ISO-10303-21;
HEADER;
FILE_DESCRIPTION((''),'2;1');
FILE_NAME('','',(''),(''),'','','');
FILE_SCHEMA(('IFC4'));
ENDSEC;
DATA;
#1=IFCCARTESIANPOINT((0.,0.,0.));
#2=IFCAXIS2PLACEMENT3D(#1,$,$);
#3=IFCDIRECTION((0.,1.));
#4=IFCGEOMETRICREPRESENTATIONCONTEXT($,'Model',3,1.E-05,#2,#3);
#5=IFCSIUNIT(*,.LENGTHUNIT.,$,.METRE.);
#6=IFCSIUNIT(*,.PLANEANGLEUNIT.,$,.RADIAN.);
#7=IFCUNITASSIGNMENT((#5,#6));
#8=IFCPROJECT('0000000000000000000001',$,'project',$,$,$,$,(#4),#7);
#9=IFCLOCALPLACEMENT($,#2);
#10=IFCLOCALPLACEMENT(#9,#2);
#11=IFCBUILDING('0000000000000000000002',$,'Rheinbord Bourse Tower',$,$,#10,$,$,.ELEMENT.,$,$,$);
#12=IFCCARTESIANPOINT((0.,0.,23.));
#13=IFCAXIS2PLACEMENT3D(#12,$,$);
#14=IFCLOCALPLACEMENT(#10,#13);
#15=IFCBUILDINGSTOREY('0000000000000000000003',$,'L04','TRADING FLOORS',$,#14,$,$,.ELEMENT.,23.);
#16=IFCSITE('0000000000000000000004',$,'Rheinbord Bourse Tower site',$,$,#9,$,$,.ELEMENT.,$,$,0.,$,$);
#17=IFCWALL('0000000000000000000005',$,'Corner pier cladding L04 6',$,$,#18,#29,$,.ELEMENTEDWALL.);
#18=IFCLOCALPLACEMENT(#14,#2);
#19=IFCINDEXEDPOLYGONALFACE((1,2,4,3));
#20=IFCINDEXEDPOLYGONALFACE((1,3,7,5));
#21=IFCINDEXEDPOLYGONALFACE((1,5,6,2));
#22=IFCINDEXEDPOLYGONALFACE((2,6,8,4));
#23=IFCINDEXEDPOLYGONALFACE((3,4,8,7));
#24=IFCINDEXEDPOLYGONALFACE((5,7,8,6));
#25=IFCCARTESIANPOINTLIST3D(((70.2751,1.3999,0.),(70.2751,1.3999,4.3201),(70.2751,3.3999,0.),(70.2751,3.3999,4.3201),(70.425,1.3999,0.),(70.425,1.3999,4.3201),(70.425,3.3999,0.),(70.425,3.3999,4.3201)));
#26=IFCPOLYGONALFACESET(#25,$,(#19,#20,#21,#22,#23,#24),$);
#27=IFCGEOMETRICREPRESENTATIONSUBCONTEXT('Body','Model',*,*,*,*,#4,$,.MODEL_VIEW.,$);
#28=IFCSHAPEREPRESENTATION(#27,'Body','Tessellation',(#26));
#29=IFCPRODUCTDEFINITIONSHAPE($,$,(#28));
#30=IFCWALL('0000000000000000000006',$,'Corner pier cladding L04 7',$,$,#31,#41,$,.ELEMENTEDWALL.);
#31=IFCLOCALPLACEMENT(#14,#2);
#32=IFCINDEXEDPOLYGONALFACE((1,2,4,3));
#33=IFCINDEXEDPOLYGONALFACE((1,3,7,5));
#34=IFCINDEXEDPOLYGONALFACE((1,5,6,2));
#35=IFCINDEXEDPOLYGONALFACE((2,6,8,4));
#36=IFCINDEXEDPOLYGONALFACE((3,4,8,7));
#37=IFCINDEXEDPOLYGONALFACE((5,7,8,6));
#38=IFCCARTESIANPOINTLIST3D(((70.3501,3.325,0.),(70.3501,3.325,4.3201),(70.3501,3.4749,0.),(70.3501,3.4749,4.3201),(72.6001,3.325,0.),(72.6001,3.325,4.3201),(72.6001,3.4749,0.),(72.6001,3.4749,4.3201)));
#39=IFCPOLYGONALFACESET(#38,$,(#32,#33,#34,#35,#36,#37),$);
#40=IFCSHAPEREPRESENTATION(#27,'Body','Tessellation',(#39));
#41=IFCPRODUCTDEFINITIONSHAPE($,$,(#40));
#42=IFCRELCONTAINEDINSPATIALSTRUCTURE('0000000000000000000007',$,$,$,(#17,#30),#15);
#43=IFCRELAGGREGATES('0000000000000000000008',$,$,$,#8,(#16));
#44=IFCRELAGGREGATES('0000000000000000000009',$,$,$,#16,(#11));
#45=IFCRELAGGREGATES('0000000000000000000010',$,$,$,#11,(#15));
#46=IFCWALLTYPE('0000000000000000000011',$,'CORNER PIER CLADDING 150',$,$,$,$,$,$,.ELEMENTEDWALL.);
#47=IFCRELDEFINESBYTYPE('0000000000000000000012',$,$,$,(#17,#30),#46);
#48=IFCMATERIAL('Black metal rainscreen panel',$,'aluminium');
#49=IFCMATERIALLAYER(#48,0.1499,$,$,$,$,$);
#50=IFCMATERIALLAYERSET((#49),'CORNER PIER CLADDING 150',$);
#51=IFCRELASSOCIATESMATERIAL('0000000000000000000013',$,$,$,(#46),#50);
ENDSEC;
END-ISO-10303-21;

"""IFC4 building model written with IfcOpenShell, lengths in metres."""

from ifc_helpers import new_model, si_unit, direction, frame, frame_2d, origin, place, context, subcontext, project, spatial, rectangle, extrude, material, layer, layer_set, type_object, element, save


model = new_model("IFC4")

# Units and contexts
model_context = context("Model", 3, precision=1e-05, world=origin(), true_north=direction((0.0, 1.0)))
body_context = subcontext(model_context, "Body", "Model", "MODEL_VIEW")
ifc_project = project(units=[si_unit("LENGTHUNIT", "METRE"), si_unit("PLANEANGLEUNIT", "RADIAN")], contexts=[model_context])

# Site, building, storey
site_placement = place(None, origin())
site = spatial("IfcSite", under=ifc_project, at=site_placement, Name="Rheinbord Bourse Tower site", CompositionType="ELEMENT", RefElevation=0.0)
building_placement = place(site_placement, origin())
building = spatial("IfcBuilding", under=site, at=building_placement, Name="Rheinbord Bourse Tower", CompositionType="ELEMENT")
storey_placement = place(building_placement, frame((0.0, 0.0, 23.0)))
storey = spatial("IfcBuildingStorey", under=building, at=storey_placement, Name="L04", Description="TRADING FLOORS", CompositionType="ELEMENT", Elevation=23.0)

# Walls
ifc_material_1 = material(Name="Black metal rainscreen panel", Category="aluminium")
ifc_layer_1 = layer(ifc_material_1, 0.1499)
ifc_layer_set_1 = layer_set([ifc_layer_1], Name="CORNER PIER CLADDING 150")
wall_type = type_object("IfcWallType", Name="CORNER PIER CLADDING 150", PredefinedType="ELEMENTEDWALL", material=ifc_layer_set_1)
wall_1_placement = place(storey_placement, frame((70.3501, 1.3999, 0.0), z_axis=(0.0, 0.0, 1.0), x_axis=(0.0, 1.0, 0.0)))
element("IfcWall", 1, at=wall_1_placement, inside=storey, type_object=wall_type, Name="Corner pier cladding L04 6", PredefinedType="ELEMENTEDWALL", context=body_context, shape_type="SweptSolid", body=[
    extrude(rectangle(XDim=2.0, YDim=0.1499, at=frame_2d((1.0, 0.0))), origin(), (0.0, 0.0, 1.0), 4.3201),
])
wall_2_placement = place(storey_placement, frame((70.3501, 3.3999, 0.0), z_axis=(0.0, 0.0, 1.0), x_axis=(1.0, 0.0, 0.0)))
element("IfcWall", 2, at=wall_2_placement, inside=storey, type_object=wall_type, Name="Corner pier cladding L04 7", PredefinedType="ELEMENTEDWALL", context=body_context, shape_type="SweptSolid", body=[
    extrude(rectangle(XDim=2.25, YDim=0.1499, at=frame_2d((1.125, 0.0))), origin(), (0.0, 0.0, 1.0), 4.3201),
])

save(model, "model.ifc")
